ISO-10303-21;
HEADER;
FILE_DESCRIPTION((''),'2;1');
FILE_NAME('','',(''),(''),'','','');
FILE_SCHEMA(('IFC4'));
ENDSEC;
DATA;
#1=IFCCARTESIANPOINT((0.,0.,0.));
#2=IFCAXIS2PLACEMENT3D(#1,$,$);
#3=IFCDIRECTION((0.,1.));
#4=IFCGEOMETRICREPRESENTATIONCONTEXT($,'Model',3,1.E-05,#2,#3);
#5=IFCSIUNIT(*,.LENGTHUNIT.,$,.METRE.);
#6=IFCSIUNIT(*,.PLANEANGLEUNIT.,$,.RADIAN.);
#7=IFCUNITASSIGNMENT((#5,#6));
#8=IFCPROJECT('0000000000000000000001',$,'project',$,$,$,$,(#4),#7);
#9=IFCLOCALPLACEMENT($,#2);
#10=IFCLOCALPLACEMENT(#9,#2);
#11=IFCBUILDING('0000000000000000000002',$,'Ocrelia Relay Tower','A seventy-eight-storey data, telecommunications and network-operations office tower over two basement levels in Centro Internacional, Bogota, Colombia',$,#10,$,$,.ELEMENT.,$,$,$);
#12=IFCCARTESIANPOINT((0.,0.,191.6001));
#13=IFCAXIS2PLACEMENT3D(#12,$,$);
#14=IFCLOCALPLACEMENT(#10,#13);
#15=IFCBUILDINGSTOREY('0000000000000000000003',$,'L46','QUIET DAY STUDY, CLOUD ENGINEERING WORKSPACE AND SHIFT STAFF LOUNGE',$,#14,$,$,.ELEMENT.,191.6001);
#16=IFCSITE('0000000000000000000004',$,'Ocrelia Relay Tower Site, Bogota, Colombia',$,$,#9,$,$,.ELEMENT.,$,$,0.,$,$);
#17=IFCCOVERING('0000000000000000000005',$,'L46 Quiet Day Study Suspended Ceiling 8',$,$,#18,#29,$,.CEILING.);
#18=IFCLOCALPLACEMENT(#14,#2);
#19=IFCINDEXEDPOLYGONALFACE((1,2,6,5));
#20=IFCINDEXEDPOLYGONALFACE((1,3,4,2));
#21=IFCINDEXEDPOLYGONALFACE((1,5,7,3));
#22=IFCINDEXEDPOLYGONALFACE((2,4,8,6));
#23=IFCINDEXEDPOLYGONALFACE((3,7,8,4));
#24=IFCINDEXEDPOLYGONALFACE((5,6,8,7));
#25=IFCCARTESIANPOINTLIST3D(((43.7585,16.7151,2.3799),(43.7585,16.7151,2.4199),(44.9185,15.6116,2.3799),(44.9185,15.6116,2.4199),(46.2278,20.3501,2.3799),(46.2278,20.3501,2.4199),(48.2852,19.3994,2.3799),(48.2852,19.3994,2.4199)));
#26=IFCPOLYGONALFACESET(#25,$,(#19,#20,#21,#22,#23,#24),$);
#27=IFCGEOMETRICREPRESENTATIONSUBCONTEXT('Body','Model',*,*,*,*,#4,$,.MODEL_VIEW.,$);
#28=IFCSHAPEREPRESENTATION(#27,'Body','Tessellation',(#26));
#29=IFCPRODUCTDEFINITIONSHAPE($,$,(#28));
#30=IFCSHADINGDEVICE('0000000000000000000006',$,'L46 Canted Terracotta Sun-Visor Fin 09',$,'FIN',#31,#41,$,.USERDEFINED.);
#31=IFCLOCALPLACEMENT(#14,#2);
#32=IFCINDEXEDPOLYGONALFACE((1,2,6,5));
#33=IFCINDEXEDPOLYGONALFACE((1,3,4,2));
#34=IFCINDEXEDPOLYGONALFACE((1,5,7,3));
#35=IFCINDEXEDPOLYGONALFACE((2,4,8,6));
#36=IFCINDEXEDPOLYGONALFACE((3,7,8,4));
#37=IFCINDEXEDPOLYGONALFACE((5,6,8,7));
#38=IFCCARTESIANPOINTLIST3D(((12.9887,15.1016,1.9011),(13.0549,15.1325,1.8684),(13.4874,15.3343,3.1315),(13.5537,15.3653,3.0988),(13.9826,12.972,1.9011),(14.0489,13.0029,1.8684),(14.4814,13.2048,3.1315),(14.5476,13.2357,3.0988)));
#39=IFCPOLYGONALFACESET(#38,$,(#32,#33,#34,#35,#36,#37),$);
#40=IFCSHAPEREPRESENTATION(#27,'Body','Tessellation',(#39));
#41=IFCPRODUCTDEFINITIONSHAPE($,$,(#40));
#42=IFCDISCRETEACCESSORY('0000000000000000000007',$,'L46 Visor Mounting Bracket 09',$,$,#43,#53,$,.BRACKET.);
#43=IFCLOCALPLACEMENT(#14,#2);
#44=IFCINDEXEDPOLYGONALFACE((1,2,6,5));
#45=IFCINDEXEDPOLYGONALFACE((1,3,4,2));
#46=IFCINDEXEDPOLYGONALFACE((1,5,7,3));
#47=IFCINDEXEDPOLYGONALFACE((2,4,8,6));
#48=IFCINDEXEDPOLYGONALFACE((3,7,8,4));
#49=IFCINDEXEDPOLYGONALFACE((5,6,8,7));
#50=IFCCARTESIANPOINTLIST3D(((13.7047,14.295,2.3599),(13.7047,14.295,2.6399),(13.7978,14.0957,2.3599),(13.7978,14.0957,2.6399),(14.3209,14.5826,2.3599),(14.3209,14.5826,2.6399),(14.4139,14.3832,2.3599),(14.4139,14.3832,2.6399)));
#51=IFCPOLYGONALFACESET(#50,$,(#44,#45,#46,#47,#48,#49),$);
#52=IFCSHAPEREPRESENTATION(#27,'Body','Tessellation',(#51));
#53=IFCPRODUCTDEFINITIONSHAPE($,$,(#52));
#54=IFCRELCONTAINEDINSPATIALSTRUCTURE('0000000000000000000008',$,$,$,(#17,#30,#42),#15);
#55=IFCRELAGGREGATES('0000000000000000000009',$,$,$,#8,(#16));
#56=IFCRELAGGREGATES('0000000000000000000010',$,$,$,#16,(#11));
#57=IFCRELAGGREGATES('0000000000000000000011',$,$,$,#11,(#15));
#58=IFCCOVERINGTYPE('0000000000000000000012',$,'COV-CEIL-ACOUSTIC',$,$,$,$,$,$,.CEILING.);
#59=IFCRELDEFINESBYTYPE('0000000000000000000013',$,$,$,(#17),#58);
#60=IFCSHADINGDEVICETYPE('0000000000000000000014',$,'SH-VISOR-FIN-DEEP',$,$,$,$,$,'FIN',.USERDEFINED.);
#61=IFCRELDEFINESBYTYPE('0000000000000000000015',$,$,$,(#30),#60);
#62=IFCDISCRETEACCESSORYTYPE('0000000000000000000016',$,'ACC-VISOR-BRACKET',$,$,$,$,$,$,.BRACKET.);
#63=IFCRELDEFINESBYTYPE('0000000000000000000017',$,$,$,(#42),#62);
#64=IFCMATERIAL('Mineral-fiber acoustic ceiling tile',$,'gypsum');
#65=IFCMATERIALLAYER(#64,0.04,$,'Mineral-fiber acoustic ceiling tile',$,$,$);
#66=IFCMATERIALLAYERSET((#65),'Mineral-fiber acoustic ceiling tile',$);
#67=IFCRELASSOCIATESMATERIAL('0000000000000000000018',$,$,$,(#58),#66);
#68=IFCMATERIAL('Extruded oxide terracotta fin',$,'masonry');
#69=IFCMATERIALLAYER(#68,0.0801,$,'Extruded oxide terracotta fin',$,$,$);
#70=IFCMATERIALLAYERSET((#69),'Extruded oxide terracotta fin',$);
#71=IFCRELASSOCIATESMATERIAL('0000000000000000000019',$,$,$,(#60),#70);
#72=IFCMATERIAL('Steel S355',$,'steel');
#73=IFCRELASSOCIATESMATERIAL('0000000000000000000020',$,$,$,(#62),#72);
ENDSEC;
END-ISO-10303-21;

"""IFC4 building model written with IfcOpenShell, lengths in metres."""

from ifc_helpers import new_model, si_unit, direction, frame, origin, origin_2d, place, context, subcontext, project, spatial, polyline, rectangle, outline, extrude, material, layer, layer_set, type_object, element, save


model = new_model("IFC4")

# Units and contexts
model_context = context("Model", 3, precision=1e-05, world=origin(), true_north=direction((0.0, 1.0)))
body_context = subcontext(model_context, "Body", "Model", "MODEL_VIEW")
ifc_project = project(units=[si_unit("LENGTHUNIT", "METRE"), si_unit("PLANEANGLEUNIT", "RADIAN")], contexts=[model_context])

# Site, building, storey
site_placement = place(None, origin())
site = spatial("IfcSite", under=ifc_project, at=site_placement, Name="Ocrelia Relay Tower Site, Bogota, Colombia", CompositionType="ELEMENT", RefElevation=0.0)
building_placement = place(site_placement, origin())
building = spatial("IfcBuilding", under=site, at=building_placement, Name="Ocrelia Relay Tower", Description="A seventy-eight-storey data, telecommunications and network-operations office tower over two basement levels in Centro Internacional, Bogota, Colombia", CompositionType="ELEMENT")
storey_placement = place(building_placement, frame((0.0, 0.0, 191.6001)))
storey = spatial("IfcBuildingStorey", under=building, at=storey_placement, Name="L46", Description="QUIET DAY STUDY, CLOUD ENGINEERING WORKSPACE AND SHIFT STAFF LOUNGE", CompositionType="ELEMENT", Elevation=191.6001)

# Covering
ifc_material_1 = material(Name="Mineral-fiber acoustic ceiling tile", Category="gypsum")
ifc_layer_1 = layer(ifc_material_1, 0.04, Name="Mineral-fiber acoustic ceiling tile")
ifc_layer_set_1 = layer_set([ifc_layer_1], Name="Mineral-fiber acoustic ceiling tile")
covering_type = type_object("IfcCoveringType", Name="COV-CEIL-ACOUSTIC", PredefinedType="CEILING", material=ifc_layer_set_1)
covering_1_placement = place(storey_placement, frame((0.0, 0.0, 2.3799)))
element("IfcCovering", 1, at=covering_1_placement, inside=storey, type_object=covering_type, Name="L46 Quiet Day Study Suspended Ceiling 8", PredefinedType="CEILING", context=body_context, shape_type="SweptSolid", body=[
    extrude(outline(polyline([(43.7585, 16.7151), (44.9185, 15.6116), (48.2852, 19.3994), (46.2278, 20.3501), (43.7585, 16.7151)])), origin(), (0.0, 0.0, 1.0), 0.04),
])

# Shading device
ifc_material_2 = material(Name="Extruded oxide terracotta fin", Category="masonry")
ifc_layer_2 = layer(ifc_material_2, 0.0801, Name="Extruded oxide terracotta fin")
ifc_layer_set_2 = layer_set([ifc_layer_2], Name="Extruded oxide terracotta fin")
shading_device_type = type_object("IfcShadingDeviceType", Name="SH-VISOR-FIN-DEEP", ElementType="FIN", PredefinedType="USERDEFINED", material=ifc_layer_set_2)
shading_device_placement = place(storey_placement, frame((13.8013, 14.1841, 2.4836), z_axis=(-0.82718, -0.386057, 0.40833), x_axis=(0.422921, -0.906166, 0.0)))
element("IfcShadingDevice", 2, at=shading_device_placement, inside=storey, type_object=shading_device_type, Name="L46 Canted Terracotta Sun-Visor Fin 09", ObjectType="FIN", PredefinedType="USERDEFINED", context=body_context, shape_type="SweptSolid", body=[
    extrude(rectangle(XDim=2.3501, YDim=1.3479, at=origin_2d()), origin(), (0.0, 0.0, 1.0), 0.0801),
])

# Discrete accessory
ifc_material_3 = material(Name="Steel S355", Category="steel")
discrete_accessory_type = type_object("IfcDiscreteAccessoryType", Name="ACC-VISOR-BRACKET", PredefinedType="BRACKET", material=ifc_material_3)
discrete_accessory_placement = place(storey_placement, frame((14.0593, 14.3391, 2.3599), z_axis=(0.0, 0.0, 1.0), x_axis=(0.422921, -0.906166, 0.0)))
element("IfcDiscreteAccessory", 3, at=discrete_accessory_placement, inside=storey, type_object=discrete_accessory_type, Name="L46 Visor Mounting Bracket 09", PredefinedType="BRACKET", context=body_context, shape_type="SweptSolid", body=[
    extrude(rectangle(XDim=0.22, YDim=0.6799, at=origin_2d()), origin(), (0.0, 0.0, 1.0), 0.28),
])

save(model, "model.ifc")
